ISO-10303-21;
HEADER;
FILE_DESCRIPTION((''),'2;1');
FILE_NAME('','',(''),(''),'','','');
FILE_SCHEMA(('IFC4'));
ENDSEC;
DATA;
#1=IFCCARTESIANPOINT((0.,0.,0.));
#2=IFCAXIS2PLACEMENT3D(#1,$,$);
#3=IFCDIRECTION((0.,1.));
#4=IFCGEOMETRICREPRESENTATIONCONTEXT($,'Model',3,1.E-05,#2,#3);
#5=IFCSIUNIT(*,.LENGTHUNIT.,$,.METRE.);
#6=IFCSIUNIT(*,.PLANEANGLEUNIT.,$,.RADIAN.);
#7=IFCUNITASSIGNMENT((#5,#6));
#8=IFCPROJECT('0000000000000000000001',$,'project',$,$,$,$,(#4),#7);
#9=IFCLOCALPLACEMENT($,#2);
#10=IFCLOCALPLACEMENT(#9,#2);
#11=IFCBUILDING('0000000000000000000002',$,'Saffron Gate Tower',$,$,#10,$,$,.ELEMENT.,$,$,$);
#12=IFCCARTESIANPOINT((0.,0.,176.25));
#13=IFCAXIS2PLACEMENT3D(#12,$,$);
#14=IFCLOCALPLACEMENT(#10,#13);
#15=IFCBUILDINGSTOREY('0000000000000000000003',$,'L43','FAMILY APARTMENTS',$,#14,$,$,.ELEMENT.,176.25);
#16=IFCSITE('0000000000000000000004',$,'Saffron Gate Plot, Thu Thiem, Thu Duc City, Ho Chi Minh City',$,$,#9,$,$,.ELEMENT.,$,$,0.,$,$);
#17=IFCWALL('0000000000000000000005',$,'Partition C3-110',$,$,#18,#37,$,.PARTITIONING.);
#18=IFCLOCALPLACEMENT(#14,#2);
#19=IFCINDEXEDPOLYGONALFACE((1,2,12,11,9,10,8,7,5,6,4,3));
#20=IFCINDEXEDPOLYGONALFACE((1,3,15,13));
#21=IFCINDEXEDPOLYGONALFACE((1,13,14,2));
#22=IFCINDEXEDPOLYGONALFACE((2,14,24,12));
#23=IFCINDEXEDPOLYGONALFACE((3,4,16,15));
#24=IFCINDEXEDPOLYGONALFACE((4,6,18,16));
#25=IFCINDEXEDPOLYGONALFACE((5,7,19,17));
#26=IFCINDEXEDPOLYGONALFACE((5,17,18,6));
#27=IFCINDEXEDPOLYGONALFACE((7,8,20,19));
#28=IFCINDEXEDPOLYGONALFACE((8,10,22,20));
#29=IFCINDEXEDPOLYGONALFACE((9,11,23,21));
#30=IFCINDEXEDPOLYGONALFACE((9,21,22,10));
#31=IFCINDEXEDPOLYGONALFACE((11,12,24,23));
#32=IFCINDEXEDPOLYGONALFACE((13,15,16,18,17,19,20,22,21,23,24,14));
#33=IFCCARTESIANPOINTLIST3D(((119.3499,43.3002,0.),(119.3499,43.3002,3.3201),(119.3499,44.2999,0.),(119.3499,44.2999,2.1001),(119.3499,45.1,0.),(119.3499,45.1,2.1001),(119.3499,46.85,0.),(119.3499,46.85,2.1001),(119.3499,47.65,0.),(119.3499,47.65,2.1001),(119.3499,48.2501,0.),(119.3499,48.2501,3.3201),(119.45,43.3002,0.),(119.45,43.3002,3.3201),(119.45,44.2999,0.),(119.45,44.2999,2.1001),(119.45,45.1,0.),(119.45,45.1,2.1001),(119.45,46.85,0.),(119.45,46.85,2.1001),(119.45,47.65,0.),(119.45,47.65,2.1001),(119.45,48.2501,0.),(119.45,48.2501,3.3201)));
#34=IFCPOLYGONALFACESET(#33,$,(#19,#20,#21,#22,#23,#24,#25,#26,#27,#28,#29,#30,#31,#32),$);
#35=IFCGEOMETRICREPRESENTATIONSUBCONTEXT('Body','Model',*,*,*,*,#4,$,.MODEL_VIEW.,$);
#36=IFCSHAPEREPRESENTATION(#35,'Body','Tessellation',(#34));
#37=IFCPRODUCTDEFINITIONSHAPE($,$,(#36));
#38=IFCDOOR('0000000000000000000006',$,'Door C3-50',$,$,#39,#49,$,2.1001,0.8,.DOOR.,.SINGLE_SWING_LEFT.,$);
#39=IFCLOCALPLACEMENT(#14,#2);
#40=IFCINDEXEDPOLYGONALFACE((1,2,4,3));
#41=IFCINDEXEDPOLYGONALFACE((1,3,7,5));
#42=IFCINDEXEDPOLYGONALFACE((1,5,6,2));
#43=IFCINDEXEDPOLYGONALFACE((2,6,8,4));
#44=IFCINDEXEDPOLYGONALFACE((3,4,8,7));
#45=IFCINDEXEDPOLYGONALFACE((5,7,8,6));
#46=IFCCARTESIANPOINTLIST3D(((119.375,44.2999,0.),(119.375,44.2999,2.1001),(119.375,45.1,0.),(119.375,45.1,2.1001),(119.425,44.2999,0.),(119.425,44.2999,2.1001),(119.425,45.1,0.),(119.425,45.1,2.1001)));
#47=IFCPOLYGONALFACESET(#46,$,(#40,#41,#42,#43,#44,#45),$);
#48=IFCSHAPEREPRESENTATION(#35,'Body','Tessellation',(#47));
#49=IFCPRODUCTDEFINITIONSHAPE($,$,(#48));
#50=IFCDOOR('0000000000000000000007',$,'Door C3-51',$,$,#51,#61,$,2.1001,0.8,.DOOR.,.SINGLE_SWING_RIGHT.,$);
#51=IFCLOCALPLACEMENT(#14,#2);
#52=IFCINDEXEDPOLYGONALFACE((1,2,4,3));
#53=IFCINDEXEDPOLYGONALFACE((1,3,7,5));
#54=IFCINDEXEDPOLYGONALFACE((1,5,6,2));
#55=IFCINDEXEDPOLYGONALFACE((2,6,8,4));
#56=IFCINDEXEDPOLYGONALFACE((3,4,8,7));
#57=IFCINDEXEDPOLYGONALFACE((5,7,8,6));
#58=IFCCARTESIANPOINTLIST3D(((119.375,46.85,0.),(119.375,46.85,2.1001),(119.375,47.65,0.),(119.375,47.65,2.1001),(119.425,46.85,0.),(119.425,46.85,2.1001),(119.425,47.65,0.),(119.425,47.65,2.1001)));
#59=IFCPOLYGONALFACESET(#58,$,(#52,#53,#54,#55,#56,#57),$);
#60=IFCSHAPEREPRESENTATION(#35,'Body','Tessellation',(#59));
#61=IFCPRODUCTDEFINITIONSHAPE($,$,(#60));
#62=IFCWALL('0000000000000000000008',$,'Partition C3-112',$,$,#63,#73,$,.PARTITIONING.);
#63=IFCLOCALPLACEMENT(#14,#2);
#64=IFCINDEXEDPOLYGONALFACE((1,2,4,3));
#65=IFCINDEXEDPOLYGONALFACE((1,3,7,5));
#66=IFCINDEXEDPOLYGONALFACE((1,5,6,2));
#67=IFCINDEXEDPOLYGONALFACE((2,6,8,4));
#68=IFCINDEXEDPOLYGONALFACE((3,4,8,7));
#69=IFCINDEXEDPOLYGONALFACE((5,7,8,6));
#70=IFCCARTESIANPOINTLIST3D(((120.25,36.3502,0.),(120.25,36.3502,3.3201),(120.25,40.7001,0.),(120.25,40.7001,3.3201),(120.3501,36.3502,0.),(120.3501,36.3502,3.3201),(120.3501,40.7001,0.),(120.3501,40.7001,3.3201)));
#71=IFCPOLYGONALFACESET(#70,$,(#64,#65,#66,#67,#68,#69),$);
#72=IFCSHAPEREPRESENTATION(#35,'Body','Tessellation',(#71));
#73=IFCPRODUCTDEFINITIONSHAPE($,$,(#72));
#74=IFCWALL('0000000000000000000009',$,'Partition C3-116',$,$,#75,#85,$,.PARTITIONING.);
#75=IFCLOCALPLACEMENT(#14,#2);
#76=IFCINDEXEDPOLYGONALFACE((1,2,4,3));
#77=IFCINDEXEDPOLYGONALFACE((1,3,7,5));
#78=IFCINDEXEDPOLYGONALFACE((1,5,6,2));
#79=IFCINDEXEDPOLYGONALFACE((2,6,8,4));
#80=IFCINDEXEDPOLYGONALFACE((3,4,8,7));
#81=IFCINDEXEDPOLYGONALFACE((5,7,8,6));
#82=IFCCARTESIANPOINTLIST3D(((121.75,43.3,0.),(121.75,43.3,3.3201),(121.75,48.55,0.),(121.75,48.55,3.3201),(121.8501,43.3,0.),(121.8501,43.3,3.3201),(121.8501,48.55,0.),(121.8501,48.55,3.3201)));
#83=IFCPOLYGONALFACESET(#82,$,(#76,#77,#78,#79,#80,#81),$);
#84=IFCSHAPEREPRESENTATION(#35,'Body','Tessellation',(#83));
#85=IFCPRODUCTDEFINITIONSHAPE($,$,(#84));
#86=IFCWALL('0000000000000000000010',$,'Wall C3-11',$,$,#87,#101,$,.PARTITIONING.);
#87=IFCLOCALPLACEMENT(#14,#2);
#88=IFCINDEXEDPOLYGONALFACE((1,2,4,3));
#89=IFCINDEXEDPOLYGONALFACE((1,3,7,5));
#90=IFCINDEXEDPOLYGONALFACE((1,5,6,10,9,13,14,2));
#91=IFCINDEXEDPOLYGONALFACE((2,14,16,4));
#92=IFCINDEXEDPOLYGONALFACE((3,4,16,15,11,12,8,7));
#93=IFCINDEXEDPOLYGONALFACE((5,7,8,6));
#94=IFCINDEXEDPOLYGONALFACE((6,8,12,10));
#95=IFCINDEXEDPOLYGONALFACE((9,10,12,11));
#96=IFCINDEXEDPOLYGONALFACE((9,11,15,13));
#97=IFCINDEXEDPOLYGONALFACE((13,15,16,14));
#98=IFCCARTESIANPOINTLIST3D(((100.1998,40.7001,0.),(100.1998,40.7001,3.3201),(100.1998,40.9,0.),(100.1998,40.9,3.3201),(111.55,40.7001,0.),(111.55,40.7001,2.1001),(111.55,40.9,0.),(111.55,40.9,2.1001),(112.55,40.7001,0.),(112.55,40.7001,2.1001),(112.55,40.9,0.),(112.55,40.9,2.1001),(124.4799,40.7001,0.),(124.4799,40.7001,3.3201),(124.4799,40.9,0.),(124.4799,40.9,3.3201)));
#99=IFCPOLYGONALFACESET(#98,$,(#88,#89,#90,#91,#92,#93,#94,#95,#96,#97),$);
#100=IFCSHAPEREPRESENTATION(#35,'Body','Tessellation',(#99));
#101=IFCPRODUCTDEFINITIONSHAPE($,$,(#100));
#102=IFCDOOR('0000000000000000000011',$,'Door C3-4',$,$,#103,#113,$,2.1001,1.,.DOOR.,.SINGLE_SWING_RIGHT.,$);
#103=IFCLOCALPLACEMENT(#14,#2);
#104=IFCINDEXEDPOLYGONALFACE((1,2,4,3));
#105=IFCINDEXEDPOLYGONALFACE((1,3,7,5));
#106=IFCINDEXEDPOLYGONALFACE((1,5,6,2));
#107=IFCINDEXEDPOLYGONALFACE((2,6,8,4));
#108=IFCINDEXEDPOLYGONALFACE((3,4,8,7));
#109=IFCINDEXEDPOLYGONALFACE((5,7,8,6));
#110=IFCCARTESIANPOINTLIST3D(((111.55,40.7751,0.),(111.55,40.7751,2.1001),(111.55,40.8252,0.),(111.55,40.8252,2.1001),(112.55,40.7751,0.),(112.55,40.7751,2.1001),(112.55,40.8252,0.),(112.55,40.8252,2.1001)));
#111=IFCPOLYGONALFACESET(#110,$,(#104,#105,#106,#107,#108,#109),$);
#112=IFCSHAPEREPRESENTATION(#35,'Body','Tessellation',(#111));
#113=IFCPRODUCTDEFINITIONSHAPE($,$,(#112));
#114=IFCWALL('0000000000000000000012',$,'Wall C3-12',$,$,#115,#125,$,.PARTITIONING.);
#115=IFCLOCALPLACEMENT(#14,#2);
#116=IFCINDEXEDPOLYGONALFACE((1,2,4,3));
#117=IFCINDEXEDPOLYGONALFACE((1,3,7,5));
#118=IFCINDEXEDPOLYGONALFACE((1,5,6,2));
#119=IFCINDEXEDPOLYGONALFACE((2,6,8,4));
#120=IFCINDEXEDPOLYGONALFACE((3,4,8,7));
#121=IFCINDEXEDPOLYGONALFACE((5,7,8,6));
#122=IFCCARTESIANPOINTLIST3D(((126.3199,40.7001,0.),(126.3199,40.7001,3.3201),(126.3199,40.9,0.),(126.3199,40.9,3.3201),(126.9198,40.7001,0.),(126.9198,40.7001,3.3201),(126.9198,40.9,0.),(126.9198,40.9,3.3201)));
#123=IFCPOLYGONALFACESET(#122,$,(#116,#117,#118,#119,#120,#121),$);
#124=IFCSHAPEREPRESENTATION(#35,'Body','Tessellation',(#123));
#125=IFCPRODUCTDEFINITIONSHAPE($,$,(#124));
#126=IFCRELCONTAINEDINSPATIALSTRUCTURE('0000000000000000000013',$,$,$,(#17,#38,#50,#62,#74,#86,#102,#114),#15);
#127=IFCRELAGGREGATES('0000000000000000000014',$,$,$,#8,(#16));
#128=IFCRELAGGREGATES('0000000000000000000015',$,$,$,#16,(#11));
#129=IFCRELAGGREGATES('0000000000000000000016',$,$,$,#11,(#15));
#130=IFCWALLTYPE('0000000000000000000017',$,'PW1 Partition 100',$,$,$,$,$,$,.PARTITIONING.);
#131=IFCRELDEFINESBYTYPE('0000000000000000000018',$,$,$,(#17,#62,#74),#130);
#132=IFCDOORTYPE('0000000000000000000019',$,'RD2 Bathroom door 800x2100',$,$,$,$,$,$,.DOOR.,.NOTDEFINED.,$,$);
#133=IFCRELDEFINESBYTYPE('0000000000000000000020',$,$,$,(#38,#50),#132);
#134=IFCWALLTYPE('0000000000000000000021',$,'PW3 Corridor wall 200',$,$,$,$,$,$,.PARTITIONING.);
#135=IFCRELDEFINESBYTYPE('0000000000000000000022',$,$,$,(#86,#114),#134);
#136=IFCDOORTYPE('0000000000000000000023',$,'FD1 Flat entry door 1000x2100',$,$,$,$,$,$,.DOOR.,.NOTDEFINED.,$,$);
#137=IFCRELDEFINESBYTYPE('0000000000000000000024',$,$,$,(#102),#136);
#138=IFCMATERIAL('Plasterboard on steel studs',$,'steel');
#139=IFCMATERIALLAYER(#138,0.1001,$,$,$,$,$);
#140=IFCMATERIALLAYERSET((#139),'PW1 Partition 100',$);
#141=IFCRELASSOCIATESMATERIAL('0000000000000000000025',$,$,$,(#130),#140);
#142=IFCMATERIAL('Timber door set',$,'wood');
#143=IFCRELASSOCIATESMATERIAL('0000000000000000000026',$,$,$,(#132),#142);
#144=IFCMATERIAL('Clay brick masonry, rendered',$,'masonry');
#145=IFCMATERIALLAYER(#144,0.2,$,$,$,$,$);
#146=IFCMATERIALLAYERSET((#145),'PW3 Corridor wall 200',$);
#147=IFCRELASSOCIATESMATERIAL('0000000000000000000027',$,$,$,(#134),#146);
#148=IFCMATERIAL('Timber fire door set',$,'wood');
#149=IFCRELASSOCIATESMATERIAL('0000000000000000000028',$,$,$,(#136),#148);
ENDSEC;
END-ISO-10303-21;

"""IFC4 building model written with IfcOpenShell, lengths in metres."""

from ifc_helpers import new_model, si_unit, direction, frame, frame_2d, origin, place, context, subcontext, project, spatial, rectangle, extrude, material, layer, layer_set, type_object, element, fill, save


model = new_model("IFC4")

# Units and contexts
model_context = context("Model", 3, precision=1e-05, world=origin(), true_north=direction((0.0, 1.0)))
body_context = subcontext(model_context, "Body", "Model", "MODEL_VIEW")
ifc_project = project(units=[si_unit("LENGTHUNIT", "METRE"), si_unit("PLANEANGLEUNIT", "RADIAN")], contexts=[model_context])

# Site, building, storey
site_placement = place(None, origin())
site = spatial("IfcSite", under=ifc_project, at=site_placement, Name="Saffron Gate Plot, Thu Thiem, Thu Duc City, Ho Chi Minh City", CompositionType="ELEMENT", RefElevation=0.0)
building_placement = place(site_placement, origin())
building = spatial("IfcBuilding", under=site, at=building_placement, Name="Saffron Gate Tower", CompositionType="ELEMENT")
storey_placement = place(building_placement, frame((0.0, 0.0, 176.25)))
storey = spatial("IfcBuildingStorey", under=building, at=storey_placement, Name="L43", Description="FAMILY APARTMENTS", CompositionType="ELEMENT", Elevation=176.25)

# Shared definitions
ifc_material_1 = material(Name="Plasterboard on steel studs", Category="steel")
ifc_layer_1 = layer(ifc_material_1, 0.1001)
ifc_layer_set_1 = layer_set([ifc_layer_1], Name="PW1 Partition 100")
wall_type_1 = type_object("IfcWallType", Name="PW1 Partition 100", PredefinedType="PARTITIONING", material=ifc_layer_set_1)
ifc_material_2 = material(Name="Timber door set", Category="wood")

# Wall, openings, doors
wall_1_placement = place(storey_placement, frame((119.3999, 43.3, 0.0), z_axis=(0.0, 0.0, 1.0), x_axis=(0.0, 1.0, 0.0)))
wall_1 = element("IfcWall", 1, at=wall_1_placement, inside=storey, type_object=wall_type_1, Name="Partition C3-110", PredefinedType="PARTITIONING", context=body_context, shape_type="SweptSolid", body=[
    extrude(rectangle(XDim=4.95, YDim=0.1001, at=frame_2d((2.4751, 0.0))), origin(), (0.0, 0.0, 1.0), 3.3201),
])
opening_1_placement = place(wall_1_placement, frame((1.0, 0.0, 0.0)))
opening_1 = element("IfcOpeningElement", 2, at=opening_1_placement, cuts=wall_1, PredefinedType="OPENING", context=body_context, shape_type="SweptSolid", body=[
    extrude(rectangle(XDim=0.8, YDim=2.1001, at=frame_2d((0.3999, 1.05))), frame((0.0, 0.0601, 0.0), z_axis=(0.0, -1.0, 0.0), x_axis=(1.0, 0.0, 0.0)), (0.0, 0.0, 1.0), 0.1201),
])
opening_2_placement = place(wall_1_placement, frame((3.55, 0.0, 0.0)))
opening_2 = element("IfcOpeningElement", 3, at=opening_2_placement, cuts=wall_1, PredefinedType="OPENING", context=body_context, shape_type="SweptSolid", body=[
    extrude(rectangle(XDim=0.8, YDim=2.1001, at=frame_2d((0.3999, 1.05))), frame((0.0, 0.0601, 0.0), z_axis=(0.0, -1.0, 0.0), x_axis=(1.0, 0.0, 0.0)), (0.0, 0.0, 1.0), 0.1201),
])
door_type_1 = type_object("IfcDoorType", Name="RD2 Bathroom door 800x2100", OperationType="NOTDEFINED", PredefinedType="DOOR", material=ifc_material_2)
door_1_placement = place(opening_1_placement, origin())
door_1 = element("IfcDoor", 4, at=door_1_placement, inside=storey, type_object=door_type_1, Name="Door C3-50", OperationType="SINGLE_SWING_LEFT", OverallHeight=2.1001, OverallWidth=0.8, PredefinedType="DOOR", context=body_context, shape_type="SweptSolid", body=[
    extrude(rectangle(XDim=0.8, YDim=2.1001, at=frame_2d((0.3999, 1.05))), frame((0.0, 0.0249, 0.0), z_axis=(0.0, -1.0, 0.0), x_axis=(1.0, 0.0, 0.0)), (0.0, 0.0, 1.0), 0.05),
])
fill(opening_1, door_1)
door_2_placement = place(opening_2_placement, origin())
door_2 = element("IfcDoor", 5, at=door_2_placement, inside=storey, type_object=door_type_1, Name="Door C3-51", OperationType="SINGLE_SWING_RIGHT", OverallHeight=2.1001, OverallWidth=0.8, PredefinedType="DOOR", context=body_context, shape_type="SweptSolid", body=[
    extrude(rectangle(XDim=0.8, YDim=2.1001, at=frame_2d((0.3999, 1.05))), frame((0.0, 0.0249, 0.0), z_axis=(0.0, -1.0, 0.0), x_axis=(1.0, 0.0, 0.0)), (0.0, 0.0, 1.0), 0.05),
])
fill(opening_2, door_2)

# Walls
wall_2_placement = place(storey_placement, frame((120.3, 40.7, 0.0), z_axis=(0.0, 0.0, 1.0), x_axis=(0.0, -1.0, 0.0)))
element("IfcWall", 6, at=wall_2_placement, inside=storey, type_object=wall_type_1, Name="Partition C3-112", PredefinedType="PARTITIONING", context=body_context, shape_type="SweptSolid", body=[
    extrude(rectangle(XDim=4.3499, YDim=0.1001, at=frame_2d((2.1748, 0.0))), origin(), (0.0, 0.0, 1.0), 3.3201),
])
wall_3_placement = place(storey_placement, frame((121.8, 48.55, 0.0), z_axis=(0.0, 0.0, 1.0), x_axis=(0.0, -1.0, 0.0)))
element("IfcWall", 7, at=wall_3_placement, inside=storey, type_object=wall_type_1, Name="Partition C3-116", PredefinedType="PARTITIONING", context=body_context, shape_type="SweptSolid", body=[
    extrude(rectangle(XDim=5.25, YDim=0.1001, at=frame_2d((2.625, 0.0))), origin(), (0.0, 0.0, 1.0), 3.3201),
])

# Wall, opening, door
ifc_material_3 = material(Name="Clay brick masonry, rendered", Category="masonry")
ifc_layer_2 = layer(ifc_material_3, 0.2)
ifc_layer_set_2 = layer_set([ifc_layer_2], Name="PW3 Corridor wall 200")
wall_type_2 = type_object("IfcWallType", Name="PW3 Corridor wall 200", PredefinedType="PARTITIONING", material=ifc_layer_set_2)
wall_4_placement = place(storey_placement, frame((124.48, 40.8, 0.0), z_axis=(0.0, 0.0, 1.0), x_axis=(-1.0, 0.0, 0.0)))
wall_4 = element("IfcWall", 8, at=wall_4_placement, inside=storey, type_object=wall_type_2, Name="Wall C3-11", PredefinedType="PARTITIONING", context=body_context, shape_type="SweptSolid", body=[
    extrude(rectangle(XDim=24.28, YDim=0.2, at=frame_2d((12.1401, 0.0))), origin(), (0.0, 0.0, 1.0), 3.3201),
])
opening_3_placement = place(wall_4_placement, frame((11.9299, 0.0, 0.0)))
opening_3 = element("IfcOpeningElement", 9, at=opening_3_placement, cuts=wall_4, PredefinedType="OPENING", context=body_context, shape_type="SweptSolid", body=[
    extrude(rectangle(XDim=1.0, YDim=2.1001, at=frame_2d((0.5, 1.05))), frame((0.0, 0.1099, 0.0), z_axis=(0.0, -1.0, 0.0), x_axis=(1.0, 0.0, 0.0)), (0.0, 0.0, 1.0), 0.22),
])
ifc_material_4 = material(Name="Timber fire door set", Category="wood")
door_type_2 = type_object("IfcDoorType", Name="FD1 Flat entry door 1000x2100", OperationType="NOTDEFINED", PredefinedType="DOOR", material=ifc_material_4)
door_3_placement = place(opening_3_placement, origin())
door_3 = element("IfcDoor", 10, at=door_3_placement, inside=storey, type_object=door_type_2, Name="Door C3-4", OperationType="SINGLE_SWING_RIGHT", OverallHeight=2.1001, OverallWidth=1.0, PredefinedType="DOOR", context=body_context, shape_type="SweptSolid", body=[
    extrude(rectangle(XDim=1.0, YDim=2.1001, at=frame_2d((0.5, 1.05))), frame((0.0, 0.0249, 0.0), z_axis=(0.0, -1.0, 0.0), x_axis=(1.0, 0.0, 0.0)), (0.0, 0.0, 1.0), 0.05),
])
fill(opening_3, door_3)

# Wall
wall_5_placement = place(storey_placement, frame((126.3201, 40.8, 0.0), z_axis=(0.0, 0.0, 1.0), x_axis=(1.0, 0.0, 0.0)))
element("IfcWall", 11, at=wall_5_placement, inside=storey, type_object=wall_type_2, Name="Wall C3-12", PredefinedType="PARTITIONING", context=body_context, shape_type="SweptSolid", body=[
    extrude(rectangle(XDim=0.5999, YDim=0.2, at=frame_2d((0.2998, 0.0))), origin(), (0.0, 0.0, 1.0), 3.3201),
])

save(model, "model.ifc")
